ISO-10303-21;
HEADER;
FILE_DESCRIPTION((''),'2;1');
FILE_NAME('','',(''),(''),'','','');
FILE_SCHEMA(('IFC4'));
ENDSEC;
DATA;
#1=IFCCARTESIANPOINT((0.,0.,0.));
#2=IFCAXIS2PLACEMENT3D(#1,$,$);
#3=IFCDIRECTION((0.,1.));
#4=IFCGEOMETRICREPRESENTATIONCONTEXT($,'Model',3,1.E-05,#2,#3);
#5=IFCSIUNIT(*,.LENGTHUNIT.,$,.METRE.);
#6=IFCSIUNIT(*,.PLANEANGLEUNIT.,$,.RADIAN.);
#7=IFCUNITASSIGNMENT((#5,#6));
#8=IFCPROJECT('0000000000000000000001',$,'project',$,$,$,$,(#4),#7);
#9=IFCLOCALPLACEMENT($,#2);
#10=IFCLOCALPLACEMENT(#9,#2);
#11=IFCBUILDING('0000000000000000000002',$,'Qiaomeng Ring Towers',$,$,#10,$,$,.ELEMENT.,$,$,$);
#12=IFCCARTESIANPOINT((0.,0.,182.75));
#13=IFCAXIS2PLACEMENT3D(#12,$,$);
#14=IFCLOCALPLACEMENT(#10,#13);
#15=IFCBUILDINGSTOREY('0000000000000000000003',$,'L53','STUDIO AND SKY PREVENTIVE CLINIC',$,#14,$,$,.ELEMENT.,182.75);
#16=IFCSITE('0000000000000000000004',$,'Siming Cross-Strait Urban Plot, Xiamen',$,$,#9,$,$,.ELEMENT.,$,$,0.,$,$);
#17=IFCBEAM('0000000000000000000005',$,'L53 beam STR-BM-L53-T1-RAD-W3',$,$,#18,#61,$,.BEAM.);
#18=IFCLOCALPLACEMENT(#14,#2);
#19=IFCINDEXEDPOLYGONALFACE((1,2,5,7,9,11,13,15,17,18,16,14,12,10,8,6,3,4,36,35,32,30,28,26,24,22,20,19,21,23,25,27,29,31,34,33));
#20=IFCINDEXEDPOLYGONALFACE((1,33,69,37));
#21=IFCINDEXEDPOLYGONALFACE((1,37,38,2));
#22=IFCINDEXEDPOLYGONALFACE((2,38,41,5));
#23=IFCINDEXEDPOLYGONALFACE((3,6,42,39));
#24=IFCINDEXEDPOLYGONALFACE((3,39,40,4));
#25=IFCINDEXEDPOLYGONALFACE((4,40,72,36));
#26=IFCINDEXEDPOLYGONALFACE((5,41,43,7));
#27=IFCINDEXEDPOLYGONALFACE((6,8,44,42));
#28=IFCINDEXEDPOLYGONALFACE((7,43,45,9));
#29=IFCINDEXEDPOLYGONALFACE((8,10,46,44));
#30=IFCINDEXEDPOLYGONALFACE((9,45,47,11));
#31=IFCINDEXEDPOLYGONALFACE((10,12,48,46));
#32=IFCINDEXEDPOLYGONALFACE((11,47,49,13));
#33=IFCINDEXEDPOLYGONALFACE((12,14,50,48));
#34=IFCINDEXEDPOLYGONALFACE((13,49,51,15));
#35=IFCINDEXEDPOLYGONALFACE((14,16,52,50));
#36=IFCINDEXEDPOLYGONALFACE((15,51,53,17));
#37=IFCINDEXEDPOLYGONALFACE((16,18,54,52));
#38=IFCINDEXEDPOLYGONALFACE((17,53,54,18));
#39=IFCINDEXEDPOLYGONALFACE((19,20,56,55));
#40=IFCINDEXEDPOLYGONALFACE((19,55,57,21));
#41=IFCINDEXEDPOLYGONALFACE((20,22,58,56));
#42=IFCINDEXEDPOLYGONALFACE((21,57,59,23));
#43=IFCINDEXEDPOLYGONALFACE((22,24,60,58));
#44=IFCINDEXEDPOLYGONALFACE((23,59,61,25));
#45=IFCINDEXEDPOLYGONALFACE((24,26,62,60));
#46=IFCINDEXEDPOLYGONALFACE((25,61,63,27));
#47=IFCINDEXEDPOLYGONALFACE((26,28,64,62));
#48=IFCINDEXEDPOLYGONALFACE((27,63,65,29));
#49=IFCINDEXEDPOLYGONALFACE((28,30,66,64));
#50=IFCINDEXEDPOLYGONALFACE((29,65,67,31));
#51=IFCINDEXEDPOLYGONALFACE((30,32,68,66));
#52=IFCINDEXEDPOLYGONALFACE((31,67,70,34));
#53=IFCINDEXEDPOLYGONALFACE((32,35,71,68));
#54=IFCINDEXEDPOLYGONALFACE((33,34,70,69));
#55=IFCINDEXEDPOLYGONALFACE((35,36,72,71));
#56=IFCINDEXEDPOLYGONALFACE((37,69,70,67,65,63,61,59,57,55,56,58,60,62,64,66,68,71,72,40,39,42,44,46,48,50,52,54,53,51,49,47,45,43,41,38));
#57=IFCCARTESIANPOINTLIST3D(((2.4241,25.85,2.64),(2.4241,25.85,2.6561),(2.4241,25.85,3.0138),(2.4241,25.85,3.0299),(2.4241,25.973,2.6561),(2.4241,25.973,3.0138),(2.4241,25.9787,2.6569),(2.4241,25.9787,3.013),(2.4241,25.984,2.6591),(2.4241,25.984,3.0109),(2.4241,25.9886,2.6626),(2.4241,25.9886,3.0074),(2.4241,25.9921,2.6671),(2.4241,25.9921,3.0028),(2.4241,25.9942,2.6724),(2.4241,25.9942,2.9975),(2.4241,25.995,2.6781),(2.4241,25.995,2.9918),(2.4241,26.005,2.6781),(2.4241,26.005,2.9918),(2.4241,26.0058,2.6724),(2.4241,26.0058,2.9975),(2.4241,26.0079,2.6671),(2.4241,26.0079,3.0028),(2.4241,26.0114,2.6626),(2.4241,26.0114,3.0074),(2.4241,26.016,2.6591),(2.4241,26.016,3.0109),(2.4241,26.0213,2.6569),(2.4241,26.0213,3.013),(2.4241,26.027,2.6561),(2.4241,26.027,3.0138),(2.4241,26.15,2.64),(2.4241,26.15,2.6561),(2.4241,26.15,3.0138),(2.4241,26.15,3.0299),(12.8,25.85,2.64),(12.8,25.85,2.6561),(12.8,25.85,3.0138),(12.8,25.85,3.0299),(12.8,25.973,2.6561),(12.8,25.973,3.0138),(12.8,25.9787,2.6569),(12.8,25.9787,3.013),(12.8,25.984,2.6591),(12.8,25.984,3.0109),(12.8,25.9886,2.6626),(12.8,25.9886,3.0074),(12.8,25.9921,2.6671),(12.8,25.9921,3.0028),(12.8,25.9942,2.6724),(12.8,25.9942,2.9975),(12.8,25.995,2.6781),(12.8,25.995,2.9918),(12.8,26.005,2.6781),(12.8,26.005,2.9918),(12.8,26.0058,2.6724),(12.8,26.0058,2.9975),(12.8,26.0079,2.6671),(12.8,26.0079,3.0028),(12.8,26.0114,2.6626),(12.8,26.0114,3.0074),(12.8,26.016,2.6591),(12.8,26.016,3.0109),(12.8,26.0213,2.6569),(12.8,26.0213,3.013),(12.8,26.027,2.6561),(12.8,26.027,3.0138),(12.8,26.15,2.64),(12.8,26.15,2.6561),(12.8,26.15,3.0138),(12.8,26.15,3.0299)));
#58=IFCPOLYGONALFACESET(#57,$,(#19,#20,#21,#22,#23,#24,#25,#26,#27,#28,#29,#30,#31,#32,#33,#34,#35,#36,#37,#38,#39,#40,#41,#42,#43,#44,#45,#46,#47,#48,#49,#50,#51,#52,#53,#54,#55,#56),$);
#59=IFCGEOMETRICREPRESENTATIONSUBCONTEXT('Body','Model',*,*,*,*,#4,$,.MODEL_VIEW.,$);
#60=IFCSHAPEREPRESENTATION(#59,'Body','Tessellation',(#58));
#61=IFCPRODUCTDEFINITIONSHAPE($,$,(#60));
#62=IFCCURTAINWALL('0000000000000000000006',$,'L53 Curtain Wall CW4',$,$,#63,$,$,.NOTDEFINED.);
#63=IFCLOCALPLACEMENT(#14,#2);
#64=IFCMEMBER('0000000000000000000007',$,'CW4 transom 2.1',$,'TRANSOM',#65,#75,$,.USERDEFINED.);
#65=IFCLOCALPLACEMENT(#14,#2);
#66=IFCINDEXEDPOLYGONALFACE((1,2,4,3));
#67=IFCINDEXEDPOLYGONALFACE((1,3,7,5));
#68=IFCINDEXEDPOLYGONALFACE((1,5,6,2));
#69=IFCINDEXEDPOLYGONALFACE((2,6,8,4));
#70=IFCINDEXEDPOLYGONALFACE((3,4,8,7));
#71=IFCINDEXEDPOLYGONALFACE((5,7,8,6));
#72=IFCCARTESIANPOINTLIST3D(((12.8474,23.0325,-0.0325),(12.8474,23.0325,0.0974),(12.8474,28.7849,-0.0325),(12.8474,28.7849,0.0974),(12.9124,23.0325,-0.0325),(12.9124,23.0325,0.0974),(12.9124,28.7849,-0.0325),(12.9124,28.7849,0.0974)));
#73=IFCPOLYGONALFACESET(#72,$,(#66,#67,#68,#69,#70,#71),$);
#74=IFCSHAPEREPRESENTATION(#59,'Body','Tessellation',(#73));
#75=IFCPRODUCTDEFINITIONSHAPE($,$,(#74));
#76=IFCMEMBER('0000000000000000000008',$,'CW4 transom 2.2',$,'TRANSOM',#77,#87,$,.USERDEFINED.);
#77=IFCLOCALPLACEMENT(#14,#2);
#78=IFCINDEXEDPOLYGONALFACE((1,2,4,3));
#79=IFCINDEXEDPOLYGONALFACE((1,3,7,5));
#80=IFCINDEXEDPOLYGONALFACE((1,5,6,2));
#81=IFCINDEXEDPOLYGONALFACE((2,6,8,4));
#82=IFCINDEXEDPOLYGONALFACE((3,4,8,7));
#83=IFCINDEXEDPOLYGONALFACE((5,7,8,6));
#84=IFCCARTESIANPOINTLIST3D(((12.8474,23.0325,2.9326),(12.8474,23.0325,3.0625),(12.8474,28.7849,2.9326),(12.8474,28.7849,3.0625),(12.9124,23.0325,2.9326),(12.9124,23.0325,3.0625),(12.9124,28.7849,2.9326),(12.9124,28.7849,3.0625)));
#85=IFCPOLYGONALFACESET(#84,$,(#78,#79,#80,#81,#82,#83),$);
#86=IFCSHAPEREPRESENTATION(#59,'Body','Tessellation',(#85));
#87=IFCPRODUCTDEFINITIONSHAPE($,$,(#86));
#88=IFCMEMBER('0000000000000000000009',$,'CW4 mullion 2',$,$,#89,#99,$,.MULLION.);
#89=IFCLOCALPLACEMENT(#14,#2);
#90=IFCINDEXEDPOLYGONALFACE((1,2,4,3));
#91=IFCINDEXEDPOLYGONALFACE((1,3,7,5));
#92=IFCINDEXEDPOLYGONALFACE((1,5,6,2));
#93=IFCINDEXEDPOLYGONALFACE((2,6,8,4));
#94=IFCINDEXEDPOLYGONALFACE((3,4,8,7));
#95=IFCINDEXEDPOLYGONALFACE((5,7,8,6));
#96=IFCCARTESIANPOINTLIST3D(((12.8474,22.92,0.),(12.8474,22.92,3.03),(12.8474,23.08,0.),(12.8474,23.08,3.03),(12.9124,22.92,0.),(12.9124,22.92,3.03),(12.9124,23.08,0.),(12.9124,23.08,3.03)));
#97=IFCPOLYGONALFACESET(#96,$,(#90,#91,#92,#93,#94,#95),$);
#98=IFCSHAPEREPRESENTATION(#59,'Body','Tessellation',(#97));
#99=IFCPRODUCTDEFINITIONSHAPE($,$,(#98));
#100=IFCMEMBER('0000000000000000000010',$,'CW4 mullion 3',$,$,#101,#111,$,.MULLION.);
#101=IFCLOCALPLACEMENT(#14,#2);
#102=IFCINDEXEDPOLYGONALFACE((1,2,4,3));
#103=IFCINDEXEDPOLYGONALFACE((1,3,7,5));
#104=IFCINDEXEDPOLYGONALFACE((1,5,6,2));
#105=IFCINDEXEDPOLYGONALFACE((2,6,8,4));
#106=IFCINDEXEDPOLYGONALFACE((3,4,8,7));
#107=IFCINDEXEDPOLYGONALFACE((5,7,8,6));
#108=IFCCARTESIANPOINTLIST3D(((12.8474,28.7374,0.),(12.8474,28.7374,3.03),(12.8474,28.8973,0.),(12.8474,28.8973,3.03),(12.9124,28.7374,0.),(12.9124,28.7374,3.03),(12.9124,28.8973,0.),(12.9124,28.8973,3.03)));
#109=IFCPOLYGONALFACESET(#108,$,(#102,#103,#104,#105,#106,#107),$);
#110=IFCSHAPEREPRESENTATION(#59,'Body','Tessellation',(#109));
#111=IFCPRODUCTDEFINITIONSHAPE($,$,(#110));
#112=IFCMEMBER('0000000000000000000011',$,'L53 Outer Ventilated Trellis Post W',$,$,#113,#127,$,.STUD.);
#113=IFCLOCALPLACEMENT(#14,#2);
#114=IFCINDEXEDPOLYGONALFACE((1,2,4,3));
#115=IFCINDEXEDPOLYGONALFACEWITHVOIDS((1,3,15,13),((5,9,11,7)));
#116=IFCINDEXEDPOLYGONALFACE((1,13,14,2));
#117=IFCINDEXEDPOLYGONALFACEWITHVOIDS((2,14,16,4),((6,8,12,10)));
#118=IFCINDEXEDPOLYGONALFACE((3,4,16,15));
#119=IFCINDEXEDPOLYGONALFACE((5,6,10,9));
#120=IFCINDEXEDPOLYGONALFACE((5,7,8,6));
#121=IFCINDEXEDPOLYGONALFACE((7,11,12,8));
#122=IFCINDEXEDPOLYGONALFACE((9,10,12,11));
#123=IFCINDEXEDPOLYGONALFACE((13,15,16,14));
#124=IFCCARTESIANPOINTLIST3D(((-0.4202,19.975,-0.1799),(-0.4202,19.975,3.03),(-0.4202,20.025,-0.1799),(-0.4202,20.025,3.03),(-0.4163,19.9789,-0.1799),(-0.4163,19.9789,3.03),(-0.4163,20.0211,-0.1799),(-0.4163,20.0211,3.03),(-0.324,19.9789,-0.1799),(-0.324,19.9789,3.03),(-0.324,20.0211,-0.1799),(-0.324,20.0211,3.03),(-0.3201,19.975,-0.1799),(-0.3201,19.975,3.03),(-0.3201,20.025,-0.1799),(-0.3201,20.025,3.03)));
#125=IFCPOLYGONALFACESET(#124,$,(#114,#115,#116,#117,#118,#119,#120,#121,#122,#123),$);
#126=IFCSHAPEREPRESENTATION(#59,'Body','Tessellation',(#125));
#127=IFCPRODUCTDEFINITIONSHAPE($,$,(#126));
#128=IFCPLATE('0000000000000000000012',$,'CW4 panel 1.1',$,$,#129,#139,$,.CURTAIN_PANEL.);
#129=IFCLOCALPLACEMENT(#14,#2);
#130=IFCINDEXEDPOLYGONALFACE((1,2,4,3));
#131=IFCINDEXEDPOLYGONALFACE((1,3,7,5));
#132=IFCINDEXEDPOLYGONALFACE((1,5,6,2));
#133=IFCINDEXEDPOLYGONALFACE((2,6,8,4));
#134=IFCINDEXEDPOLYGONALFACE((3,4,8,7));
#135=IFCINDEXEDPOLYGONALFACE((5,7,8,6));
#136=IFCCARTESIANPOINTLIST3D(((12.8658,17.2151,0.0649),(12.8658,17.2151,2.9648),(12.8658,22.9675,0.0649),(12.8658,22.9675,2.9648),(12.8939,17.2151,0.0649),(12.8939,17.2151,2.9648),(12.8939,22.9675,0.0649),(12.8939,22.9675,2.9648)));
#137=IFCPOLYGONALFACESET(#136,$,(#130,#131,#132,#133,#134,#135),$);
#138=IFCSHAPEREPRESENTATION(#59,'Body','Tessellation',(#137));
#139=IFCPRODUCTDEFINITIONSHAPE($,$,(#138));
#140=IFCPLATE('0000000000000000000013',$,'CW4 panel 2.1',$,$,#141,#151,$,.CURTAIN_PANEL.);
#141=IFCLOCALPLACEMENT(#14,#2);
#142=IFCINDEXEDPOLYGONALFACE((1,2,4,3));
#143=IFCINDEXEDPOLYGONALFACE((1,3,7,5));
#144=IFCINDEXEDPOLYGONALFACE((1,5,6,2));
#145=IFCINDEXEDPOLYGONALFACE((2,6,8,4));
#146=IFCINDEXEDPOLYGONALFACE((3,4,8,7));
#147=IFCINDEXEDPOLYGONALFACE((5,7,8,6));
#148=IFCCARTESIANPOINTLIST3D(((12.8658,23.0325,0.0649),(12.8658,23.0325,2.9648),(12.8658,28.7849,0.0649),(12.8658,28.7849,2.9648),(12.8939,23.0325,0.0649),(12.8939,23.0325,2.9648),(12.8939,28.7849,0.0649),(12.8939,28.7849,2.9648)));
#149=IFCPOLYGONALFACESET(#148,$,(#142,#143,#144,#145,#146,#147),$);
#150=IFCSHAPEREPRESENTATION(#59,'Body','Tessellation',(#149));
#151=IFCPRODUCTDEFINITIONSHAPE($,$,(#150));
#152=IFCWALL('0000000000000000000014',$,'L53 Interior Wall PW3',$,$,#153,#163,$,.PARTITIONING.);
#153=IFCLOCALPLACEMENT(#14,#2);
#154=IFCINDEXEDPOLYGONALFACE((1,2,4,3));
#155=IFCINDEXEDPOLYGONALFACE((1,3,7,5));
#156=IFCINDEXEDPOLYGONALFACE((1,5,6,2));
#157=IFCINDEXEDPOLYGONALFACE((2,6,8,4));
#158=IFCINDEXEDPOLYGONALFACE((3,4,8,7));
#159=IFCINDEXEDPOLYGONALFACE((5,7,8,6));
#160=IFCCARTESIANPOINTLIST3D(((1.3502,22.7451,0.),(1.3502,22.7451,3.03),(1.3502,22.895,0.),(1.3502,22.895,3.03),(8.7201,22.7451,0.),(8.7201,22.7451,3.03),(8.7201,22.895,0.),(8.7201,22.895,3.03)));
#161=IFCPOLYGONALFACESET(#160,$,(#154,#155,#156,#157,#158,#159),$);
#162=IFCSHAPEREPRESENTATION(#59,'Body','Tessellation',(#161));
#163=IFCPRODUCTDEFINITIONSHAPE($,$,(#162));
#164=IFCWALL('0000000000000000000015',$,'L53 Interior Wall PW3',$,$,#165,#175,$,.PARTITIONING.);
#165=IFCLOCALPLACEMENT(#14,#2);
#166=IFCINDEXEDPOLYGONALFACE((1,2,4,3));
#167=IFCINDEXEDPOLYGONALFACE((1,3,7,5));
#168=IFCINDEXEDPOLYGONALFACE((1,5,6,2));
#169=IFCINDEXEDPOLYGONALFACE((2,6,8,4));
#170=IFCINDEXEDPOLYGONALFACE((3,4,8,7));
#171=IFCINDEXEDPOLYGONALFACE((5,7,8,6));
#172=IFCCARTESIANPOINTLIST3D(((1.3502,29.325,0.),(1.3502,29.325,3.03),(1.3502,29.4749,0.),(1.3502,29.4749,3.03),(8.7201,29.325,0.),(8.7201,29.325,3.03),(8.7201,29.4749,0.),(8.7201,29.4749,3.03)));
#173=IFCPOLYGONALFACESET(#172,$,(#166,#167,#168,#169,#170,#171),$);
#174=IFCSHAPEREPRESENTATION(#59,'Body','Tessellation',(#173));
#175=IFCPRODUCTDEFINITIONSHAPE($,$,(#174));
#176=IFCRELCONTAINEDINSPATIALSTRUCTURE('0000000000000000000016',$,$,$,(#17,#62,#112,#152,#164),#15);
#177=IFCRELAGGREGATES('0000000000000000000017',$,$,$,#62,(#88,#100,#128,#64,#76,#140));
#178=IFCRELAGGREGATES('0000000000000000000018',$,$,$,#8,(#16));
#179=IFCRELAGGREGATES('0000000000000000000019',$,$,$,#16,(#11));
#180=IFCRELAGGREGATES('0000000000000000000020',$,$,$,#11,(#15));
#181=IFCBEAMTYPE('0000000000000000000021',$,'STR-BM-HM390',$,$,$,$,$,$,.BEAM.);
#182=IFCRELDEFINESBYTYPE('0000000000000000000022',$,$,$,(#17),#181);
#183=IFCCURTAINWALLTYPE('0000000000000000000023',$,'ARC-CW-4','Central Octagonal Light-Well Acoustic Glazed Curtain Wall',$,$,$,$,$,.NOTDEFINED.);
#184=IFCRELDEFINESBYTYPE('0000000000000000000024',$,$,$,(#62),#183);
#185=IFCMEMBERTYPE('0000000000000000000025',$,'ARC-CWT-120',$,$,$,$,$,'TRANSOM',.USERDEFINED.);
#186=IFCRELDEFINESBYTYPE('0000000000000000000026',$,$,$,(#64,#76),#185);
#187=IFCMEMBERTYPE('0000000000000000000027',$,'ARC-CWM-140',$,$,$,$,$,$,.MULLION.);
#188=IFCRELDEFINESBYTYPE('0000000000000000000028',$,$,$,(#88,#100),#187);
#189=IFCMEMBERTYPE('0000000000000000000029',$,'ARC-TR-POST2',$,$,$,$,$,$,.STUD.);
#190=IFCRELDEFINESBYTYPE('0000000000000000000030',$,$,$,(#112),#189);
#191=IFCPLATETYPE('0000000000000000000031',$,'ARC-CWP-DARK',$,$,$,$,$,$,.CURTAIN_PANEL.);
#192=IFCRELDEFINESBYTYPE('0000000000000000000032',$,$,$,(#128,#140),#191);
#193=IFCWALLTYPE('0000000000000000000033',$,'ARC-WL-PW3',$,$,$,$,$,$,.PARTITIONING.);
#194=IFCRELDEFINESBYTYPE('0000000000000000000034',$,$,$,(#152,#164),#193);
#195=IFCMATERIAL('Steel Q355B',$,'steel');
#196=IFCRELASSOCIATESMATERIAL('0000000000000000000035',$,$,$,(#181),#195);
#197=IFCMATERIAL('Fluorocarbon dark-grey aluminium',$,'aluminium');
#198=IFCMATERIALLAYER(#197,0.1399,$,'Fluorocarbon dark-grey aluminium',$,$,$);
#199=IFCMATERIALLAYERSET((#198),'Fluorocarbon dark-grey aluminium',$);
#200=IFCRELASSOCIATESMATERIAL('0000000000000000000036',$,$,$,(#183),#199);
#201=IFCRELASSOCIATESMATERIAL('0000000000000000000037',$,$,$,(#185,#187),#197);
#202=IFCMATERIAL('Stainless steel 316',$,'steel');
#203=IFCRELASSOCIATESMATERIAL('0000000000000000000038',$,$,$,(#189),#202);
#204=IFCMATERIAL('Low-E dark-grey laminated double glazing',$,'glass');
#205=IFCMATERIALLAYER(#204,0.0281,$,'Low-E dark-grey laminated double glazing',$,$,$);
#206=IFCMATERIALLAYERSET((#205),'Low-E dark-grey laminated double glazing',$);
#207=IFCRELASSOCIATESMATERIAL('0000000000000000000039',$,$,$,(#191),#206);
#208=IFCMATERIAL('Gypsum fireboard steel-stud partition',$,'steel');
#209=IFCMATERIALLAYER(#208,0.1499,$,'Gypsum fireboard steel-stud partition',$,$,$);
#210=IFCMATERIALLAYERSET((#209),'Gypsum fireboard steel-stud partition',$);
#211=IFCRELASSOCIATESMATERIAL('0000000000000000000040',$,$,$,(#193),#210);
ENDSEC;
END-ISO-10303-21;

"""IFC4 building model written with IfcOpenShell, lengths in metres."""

from ifc_helpers import new_model, si_unit, direction, frame, frame_2d, origin, origin_2d, place, context, subcontext, project, spatial, rectangle, hollow_rectangle, i_section, extrude, source, transform, mapped, material, layer, layer_set, material_profile, profile_set, type_object, element, aggregate, save


model = new_model("IFC4")

# Units and contexts
model_context = context("Model", 3, precision=1e-05, world=origin(), true_north=direction((0.0, 1.0)))
body_context = subcontext(model_context, "Body", "Model", "MODEL_VIEW")
ifc_project = project(units=[si_unit("LENGTHUNIT", "METRE"), si_unit("PLANEANGLEUNIT", "RADIAN")], contexts=[model_context])

# Site, building, storey
site_placement = place(None, origin())
site = spatial("IfcSite", under=ifc_project, at=site_placement, Name="Siming Cross-Strait Urban Plot, Xiamen", CompositionType="ELEMENT", RefElevation=0.0)
building_placement = place(site_placement, origin())
building = spatial("IfcBuilding", under=site, at=building_placement, Name="Qiaomeng Ring Towers", CompositionType="ELEMENT")
storey_placement = place(building_placement, frame((0.0, 0.0, 182.75)))
storey = spatial("IfcBuildingStorey", under=building, at=storey_placement, Name="L53", Description="STUDIO AND SKY PREVENTIVE CLINIC", CompositionType="ELEMENT", Elevation=182.75)

# Beam
ifc_material_1 = material(Name="Steel Q355B", Category="steel")
ifc_material_profile_1 = material_profile(ifc_material_1, i_section(OverallWidth=0.3, OverallDepth=0.3899, WebThickness=0.01, FlangeThickness=0.0161, FilletRadius=0.022, at=origin_2d()), Name="HM 390x300x10x16")
ifc_profile_set_1 = profile_set([ifc_material_profile_1], Name="Steel Q355B")
beam_type_1 = type_object("IfcBeamType", Name="STR-BM-HM390", PredefinedType="BEAM", material=ifc_profile_set_1)
shared_shape_1 = source(origin(), body_context, "Body", "SweptSolid", [
    extrude(i_section(OverallWidth=0.3, OverallDepth=0.3899, WebThickness=0.01, FlangeThickness=0.0161, FilletRadius=0.022, at=origin_2d()), origin(), (0.0, 0.0, 1.0), 10.376),
])
for number, where, z_axis, x_axis, name in (
    (1, (2.4241, 26.0, 2.835), (1.0, 0.0, 0.0), (0.0, 1.0, 0.0), "L53 beam STR-BM-L53-T1-RAD-W3"),
):
    element("IfcBeam", number, at=place(storey_placement, frame(where, z_axis=z_axis, x_axis=x_axis)), inside=storey, type_object=beam_type_1, Name=name, PredefinedType="BEAM", context=body_context, shape_type="MappedRepresentation", body=[
        mapped(shared_shape_1, transform((0.0, 0.0, 0.0), x_axis=(1.0, 0.0, 0.0), y_axis=(0.0, 1.0, 0.0), z_axis=(0.0, 0.0, 1.0), scale=1.0)),
    ])

# Curtain wall, members
ifc_material_2 = material(Name="Fluorocarbon dark-grey aluminium", Category="aluminium")
ifc_layer_1 = layer(ifc_material_2, 0.1399, Name="Fluorocarbon dark-grey aluminium")
ifc_layer_set_1 = layer_set([ifc_layer_1], Name="Fluorocarbon dark-grey aluminium")
curtain_wall_type = type_object("IfcCurtainWallType", Name="ARC-CW-4", Description="Central Octagonal Light-Well Acoustic Glazed Curtain Wall", PredefinedType="NOTDEFINED", material=ifc_layer_set_1)
curtain_wall_placement = place(storey_placement, origin())
curtain_wall = element("IfcCurtainWall", 2, at=curtain_wall_placement, inside=storey, type_object=curtain_wall_type, Name="L53 Curtain Wall CW4", PredefinedType="NOTDEFINED")
ifc_material_profile_2 = material_profile(ifc_material_2, rectangle(XDim=0.0649, YDim=0.1299, at=origin_2d()), Name="ALU TRAN 65x130")
ifc_profile_set_2 = profile_set([ifc_material_profile_2], Name="Fluorocarbon dark-grey aluminium")
member_type_1 = type_object("IfcMemberType", Name="ARC-CWT-120", ElementType="TRANSOM", PredefinedType="USERDEFINED", material=ifc_profile_set_2)
shared_shape_2 = source(origin(), body_context, "Body", "SweptSolid", [
    extrude(rectangle(XDim=0.0649, YDim=0.1299, at=origin_2d()), origin(), (0.0, 0.0, 1.0), 5.7524),
])
member_1_placement = place(storey_placement, frame((12.8799, 23.0325, 0.0325), z_axis=(0.0, 1.0, 0.0), x_axis=(-1.0, 0.0, 0.0)))
member_1 = element("IfcMember", 3, at=member_1_placement, type_object=member_type_1, Name="CW4 transom 2.1", ObjectType="TRANSOM", PredefinedType="USERDEFINED", context=body_context, shape_type="MappedRepresentation", body=[
    mapped(shared_shape_2, transform((0.0, 0.0, 0.0), x_axis=(1.0, 0.0, 0.0), y_axis=(0.0, 1.0, 0.0), z_axis=(0.0, 0.0, 1.0), scale=1.0)),
])
member_2_placement = place(storey_placement, frame((12.8799, 23.0325, 2.9976), z_axis=(0.0, 1.0, 0.0), x_axis=(-1.0, 0.0, 0.0)))
member_2 = element("IfcMember", 4, at=member_2_placement, type_object=member_type_1, Name="CW4 transom 2.2", ObjectType="TRANSOM", PredefinedType="USERDEFINED", context=body_context, shape_type="MappedRepresentation", body=[
    mapped(shared_shape_2, transform((0.0, 0.0, 0.0), x_axis=(1.0, 0.0, 0.0), y_axis=(0.0, 1.0, 0.0), z_axis=(0.0, 0.0, 1.0), scale=1.0)),
])
ifc_material_profile_3 = material_profile(ifc_material_2, rectangle(XDim=0.0649, YDim=0.1599, at=origin_2d()), Name="ALU MULL 65x160")
ifc_profile_set_3 = profile_set([ifc_material_profile_3], Name="Fluorocarbon dark-grey aluminium")
member_type_2 = type_object("IfcMemberType", Name="ARC-CWM-140", PredefinedType="MULLION", material=ifc_profile_set_3)
shared_shape_3 = source(origin(), body_context, "Body", "SweptSolid", [
    extrude(rectangle(XDim=0.0649, YDim=0.1599, at=origin_2d()), origin(), (0.0, 0.0, 1.0), 3.03),
])
member_3_placement = place(storey_placement, frame((12.8799, 23.0, 0.0), z_axis=(0.0, 0.0, 1.0), x_axis=(-1.0, 0.0, 0.0)))
member_3 = element("IfcMember", 5, at=member_3_placement, type_object=member_type_2, Name="CW4 mullion 2", PredefinedType="MULLION", context=body_context, shape_type="MappedRepresentation", body=[
    mapped(shared_shape_3, transform((0.0, 0.0, 0.0), x_axis=(1.0, 0.0, 0.0), y_axis=(0.0, 1.0, 0.0), z_axis=(0.0, 0.0, 1.0), scale=1.0)),
])
member_4_placement = place(storey_placement, frame((12.8799, 28.8174, 0.0), z_axis=(0.0, 0.0, 1.0), x_axis=(-1.0, 0.0, 0.0)))
member_4 = element("IfcMember", 6, at=member_4_placement, type_object=member_type_2, Name="CW4 mullion 3", PredefinedType="MULLION", context=body_context, shape_type="MappedRepresentation", body=[
    mapped(shared_shape_3, transform((0.0, 0.0, 0.0), x_axis=(1.0, 0.0, 0.0), y_axis=(0.0, 1.0, 0.0), z_axis=(0.0, 0.0, 1.0), scale=1.0)),
])

# Member
ifc_material_3 = material(Name="Stainless steel 316", Category="steel")
ifc_material_profile_4 = material_profile(ifc_material_3, hollow_rectangle(XDim=0.05, YDim=0.1001, WallThickness=0.0039, at=origin_2d()), Name="SS TRELLIS 100x50")
ifc_profile_set_4 = profile_set([ifc_material_profile_4], Name="Stainless steel 316")
member_type_3 = type_object("IfcMemberType", Name="ARC-TR-POST2", PredefinedType="STUD", material=ifc_profile_set_4)
shared_shape_4 = source(origin(), body_context, "Body", "SweptSolid", [
    extrude(hollow_rectangle(XDim=0.05, YDim=0.1001, WallThickness=0.0039, at=origin_2d()), origin(), (0.0, 0.0, 1.0), 3.21),
])
member_5_placement = place(storey_placement, frame((-0.3701, 20.0, -0.1799), z_axis=(0.0, 0.0, 1.0), x_axis=(0.0, 1.0, 0.0)))
element("IfcMember", 7, at=member_5_placement, inside=storey, type_object=member_type_3, Name="L53 Outer Ventilated Trellis Post W", PredefinedType="STUD", context=body_context, shape_type="MappedRepresentation", body=[
    mapped(shared_shape_4, transform((0.0, 0.0, 0.0), x_axis=(1.0, 0.0, 0.0), y_axis=(0.0, 1.0, 0.0), z_axis=(0.0, 0.0, 1.0), scale=1.0)),
])

# Plates
ifc_material_4 = material(Name="Low-E dark-grey laminated double glazing", Category="glass")
ifc_layer_2 = layer(ifc_material_4, 0.0281, Name="Low-E dark-grey laminated double glazing")
ifc_layer_set_2 = layer_set([ifc_layer_2], Name="Low-E dark-grey laminated double glazing")
plate_type = type_object("IfcPlateType", Name="ARC-CWP-DARK", PredefinedType="CURTAIN_PANEL", material=ifc_layer_set_2)
shared_shape_5 = source(origin(), body_context, "Body", "SweptSolid", [
    extrude(rectangle(XDim=5.7524, YDim=0.0281, at=origin_2d()), origin(), (0.0, 0.0, 1.0), 2.8999),
])
plate_1_placement = place(storey_placement, frame((12.8799, 20.0913, 0.0649), z_axis=(0.0, 0.0, 1.0), x_axis=(0.0, 1.0, 0.0)))
plate_1 = element("IfcPlate", 8, at=plate_1_placement, type_object=plate_type, Name="CW4 panel 1.1", PredefinedType="CURTAIN_PANEL", context=body_context, shape_type="MappedRepresentation", body=[
    mapped(shared_shape_5, transform((0.0, 0.0, 0.0), x_axis=(1.0, 0.0, 0.0), y_axis=(0.0, 1.0, 0.0), z_axis=(0.0, 0.0, 1.0), scale=1.0)),
])
plate_2_placement = place(storey_placement, frame((12.8799, 25.9087, 0.0649), z_axis=(0.0, 0.0, 1.0), x_axis=(0.0, 1.0, 0.0)))
plate_2 = element("IfcPlate", 9, at=plate_2_placement, type_object=plate_type, Name="CW4 panel 2.1", PredefinedType="CURTAIN_PANEL", context=body_context, shape_type="MappedRepresentation", body=[
    mapped(shared_shape_5, transform((0.0, 0.0, 0.0), x_axis=(1.0, 0.0, 0.0), y_axis=(0.0, 1.0, 0.0), z_axis=(0.0, 0.0, 1.0), scale=1.0)),
])
aggregate(curtain_wall, [member_3, member_4, plate_1, member_1, member_2, plate_2])

# Walls
ifc_material_5 = material(Name="Gypsum fireboard steel-stud partition", Category="steel")
ifc_layer_3 = layer(ifc_material_5, 0.1499, Name="Gypsum fireboard steel-stud partition")
ifc_layer_set_3 = layer_set([ifc_layer_3], Name="Gypsum fireboard steel-stud partition")
wall_type_1 = type_object("IfcWallType", Name="ARC-WL-PW3", PredefinedType="PARTITIONING", material=ifc_layer_set_3)
for number, where, z_axis, x_axis, name in (
    (10, (1.3501, 22.8201, 0.0), (0.0, 0.0, 1.0), (1.0, 0.0, 0.0), "L53 Interior Wall PW3"),
    (11, (1.3501, 29.3999, 0.0), (0.0, 0.0, 1.0), (1.0, 0.0, 0.0), "L53 Interior Wall PW3"),
):
    element("IfcWall", number, at=place(storey_placement, frame(where, z_axis=z_axis, x_axis=x_axis)), inside=storey, type_object=wall_type_1, Name=name, PredefinedType="PARTITIONING", context=body_context, shape_type="SweptSolid", body=[
        extrude(rectangle(XDim=7.3699, YDim=0.1499, at=frame_2d((3.6851, 0.0))), origin(), (0.0, 0.0, 1.0), 3.03),
    ])

save(model, "model.ifc")
